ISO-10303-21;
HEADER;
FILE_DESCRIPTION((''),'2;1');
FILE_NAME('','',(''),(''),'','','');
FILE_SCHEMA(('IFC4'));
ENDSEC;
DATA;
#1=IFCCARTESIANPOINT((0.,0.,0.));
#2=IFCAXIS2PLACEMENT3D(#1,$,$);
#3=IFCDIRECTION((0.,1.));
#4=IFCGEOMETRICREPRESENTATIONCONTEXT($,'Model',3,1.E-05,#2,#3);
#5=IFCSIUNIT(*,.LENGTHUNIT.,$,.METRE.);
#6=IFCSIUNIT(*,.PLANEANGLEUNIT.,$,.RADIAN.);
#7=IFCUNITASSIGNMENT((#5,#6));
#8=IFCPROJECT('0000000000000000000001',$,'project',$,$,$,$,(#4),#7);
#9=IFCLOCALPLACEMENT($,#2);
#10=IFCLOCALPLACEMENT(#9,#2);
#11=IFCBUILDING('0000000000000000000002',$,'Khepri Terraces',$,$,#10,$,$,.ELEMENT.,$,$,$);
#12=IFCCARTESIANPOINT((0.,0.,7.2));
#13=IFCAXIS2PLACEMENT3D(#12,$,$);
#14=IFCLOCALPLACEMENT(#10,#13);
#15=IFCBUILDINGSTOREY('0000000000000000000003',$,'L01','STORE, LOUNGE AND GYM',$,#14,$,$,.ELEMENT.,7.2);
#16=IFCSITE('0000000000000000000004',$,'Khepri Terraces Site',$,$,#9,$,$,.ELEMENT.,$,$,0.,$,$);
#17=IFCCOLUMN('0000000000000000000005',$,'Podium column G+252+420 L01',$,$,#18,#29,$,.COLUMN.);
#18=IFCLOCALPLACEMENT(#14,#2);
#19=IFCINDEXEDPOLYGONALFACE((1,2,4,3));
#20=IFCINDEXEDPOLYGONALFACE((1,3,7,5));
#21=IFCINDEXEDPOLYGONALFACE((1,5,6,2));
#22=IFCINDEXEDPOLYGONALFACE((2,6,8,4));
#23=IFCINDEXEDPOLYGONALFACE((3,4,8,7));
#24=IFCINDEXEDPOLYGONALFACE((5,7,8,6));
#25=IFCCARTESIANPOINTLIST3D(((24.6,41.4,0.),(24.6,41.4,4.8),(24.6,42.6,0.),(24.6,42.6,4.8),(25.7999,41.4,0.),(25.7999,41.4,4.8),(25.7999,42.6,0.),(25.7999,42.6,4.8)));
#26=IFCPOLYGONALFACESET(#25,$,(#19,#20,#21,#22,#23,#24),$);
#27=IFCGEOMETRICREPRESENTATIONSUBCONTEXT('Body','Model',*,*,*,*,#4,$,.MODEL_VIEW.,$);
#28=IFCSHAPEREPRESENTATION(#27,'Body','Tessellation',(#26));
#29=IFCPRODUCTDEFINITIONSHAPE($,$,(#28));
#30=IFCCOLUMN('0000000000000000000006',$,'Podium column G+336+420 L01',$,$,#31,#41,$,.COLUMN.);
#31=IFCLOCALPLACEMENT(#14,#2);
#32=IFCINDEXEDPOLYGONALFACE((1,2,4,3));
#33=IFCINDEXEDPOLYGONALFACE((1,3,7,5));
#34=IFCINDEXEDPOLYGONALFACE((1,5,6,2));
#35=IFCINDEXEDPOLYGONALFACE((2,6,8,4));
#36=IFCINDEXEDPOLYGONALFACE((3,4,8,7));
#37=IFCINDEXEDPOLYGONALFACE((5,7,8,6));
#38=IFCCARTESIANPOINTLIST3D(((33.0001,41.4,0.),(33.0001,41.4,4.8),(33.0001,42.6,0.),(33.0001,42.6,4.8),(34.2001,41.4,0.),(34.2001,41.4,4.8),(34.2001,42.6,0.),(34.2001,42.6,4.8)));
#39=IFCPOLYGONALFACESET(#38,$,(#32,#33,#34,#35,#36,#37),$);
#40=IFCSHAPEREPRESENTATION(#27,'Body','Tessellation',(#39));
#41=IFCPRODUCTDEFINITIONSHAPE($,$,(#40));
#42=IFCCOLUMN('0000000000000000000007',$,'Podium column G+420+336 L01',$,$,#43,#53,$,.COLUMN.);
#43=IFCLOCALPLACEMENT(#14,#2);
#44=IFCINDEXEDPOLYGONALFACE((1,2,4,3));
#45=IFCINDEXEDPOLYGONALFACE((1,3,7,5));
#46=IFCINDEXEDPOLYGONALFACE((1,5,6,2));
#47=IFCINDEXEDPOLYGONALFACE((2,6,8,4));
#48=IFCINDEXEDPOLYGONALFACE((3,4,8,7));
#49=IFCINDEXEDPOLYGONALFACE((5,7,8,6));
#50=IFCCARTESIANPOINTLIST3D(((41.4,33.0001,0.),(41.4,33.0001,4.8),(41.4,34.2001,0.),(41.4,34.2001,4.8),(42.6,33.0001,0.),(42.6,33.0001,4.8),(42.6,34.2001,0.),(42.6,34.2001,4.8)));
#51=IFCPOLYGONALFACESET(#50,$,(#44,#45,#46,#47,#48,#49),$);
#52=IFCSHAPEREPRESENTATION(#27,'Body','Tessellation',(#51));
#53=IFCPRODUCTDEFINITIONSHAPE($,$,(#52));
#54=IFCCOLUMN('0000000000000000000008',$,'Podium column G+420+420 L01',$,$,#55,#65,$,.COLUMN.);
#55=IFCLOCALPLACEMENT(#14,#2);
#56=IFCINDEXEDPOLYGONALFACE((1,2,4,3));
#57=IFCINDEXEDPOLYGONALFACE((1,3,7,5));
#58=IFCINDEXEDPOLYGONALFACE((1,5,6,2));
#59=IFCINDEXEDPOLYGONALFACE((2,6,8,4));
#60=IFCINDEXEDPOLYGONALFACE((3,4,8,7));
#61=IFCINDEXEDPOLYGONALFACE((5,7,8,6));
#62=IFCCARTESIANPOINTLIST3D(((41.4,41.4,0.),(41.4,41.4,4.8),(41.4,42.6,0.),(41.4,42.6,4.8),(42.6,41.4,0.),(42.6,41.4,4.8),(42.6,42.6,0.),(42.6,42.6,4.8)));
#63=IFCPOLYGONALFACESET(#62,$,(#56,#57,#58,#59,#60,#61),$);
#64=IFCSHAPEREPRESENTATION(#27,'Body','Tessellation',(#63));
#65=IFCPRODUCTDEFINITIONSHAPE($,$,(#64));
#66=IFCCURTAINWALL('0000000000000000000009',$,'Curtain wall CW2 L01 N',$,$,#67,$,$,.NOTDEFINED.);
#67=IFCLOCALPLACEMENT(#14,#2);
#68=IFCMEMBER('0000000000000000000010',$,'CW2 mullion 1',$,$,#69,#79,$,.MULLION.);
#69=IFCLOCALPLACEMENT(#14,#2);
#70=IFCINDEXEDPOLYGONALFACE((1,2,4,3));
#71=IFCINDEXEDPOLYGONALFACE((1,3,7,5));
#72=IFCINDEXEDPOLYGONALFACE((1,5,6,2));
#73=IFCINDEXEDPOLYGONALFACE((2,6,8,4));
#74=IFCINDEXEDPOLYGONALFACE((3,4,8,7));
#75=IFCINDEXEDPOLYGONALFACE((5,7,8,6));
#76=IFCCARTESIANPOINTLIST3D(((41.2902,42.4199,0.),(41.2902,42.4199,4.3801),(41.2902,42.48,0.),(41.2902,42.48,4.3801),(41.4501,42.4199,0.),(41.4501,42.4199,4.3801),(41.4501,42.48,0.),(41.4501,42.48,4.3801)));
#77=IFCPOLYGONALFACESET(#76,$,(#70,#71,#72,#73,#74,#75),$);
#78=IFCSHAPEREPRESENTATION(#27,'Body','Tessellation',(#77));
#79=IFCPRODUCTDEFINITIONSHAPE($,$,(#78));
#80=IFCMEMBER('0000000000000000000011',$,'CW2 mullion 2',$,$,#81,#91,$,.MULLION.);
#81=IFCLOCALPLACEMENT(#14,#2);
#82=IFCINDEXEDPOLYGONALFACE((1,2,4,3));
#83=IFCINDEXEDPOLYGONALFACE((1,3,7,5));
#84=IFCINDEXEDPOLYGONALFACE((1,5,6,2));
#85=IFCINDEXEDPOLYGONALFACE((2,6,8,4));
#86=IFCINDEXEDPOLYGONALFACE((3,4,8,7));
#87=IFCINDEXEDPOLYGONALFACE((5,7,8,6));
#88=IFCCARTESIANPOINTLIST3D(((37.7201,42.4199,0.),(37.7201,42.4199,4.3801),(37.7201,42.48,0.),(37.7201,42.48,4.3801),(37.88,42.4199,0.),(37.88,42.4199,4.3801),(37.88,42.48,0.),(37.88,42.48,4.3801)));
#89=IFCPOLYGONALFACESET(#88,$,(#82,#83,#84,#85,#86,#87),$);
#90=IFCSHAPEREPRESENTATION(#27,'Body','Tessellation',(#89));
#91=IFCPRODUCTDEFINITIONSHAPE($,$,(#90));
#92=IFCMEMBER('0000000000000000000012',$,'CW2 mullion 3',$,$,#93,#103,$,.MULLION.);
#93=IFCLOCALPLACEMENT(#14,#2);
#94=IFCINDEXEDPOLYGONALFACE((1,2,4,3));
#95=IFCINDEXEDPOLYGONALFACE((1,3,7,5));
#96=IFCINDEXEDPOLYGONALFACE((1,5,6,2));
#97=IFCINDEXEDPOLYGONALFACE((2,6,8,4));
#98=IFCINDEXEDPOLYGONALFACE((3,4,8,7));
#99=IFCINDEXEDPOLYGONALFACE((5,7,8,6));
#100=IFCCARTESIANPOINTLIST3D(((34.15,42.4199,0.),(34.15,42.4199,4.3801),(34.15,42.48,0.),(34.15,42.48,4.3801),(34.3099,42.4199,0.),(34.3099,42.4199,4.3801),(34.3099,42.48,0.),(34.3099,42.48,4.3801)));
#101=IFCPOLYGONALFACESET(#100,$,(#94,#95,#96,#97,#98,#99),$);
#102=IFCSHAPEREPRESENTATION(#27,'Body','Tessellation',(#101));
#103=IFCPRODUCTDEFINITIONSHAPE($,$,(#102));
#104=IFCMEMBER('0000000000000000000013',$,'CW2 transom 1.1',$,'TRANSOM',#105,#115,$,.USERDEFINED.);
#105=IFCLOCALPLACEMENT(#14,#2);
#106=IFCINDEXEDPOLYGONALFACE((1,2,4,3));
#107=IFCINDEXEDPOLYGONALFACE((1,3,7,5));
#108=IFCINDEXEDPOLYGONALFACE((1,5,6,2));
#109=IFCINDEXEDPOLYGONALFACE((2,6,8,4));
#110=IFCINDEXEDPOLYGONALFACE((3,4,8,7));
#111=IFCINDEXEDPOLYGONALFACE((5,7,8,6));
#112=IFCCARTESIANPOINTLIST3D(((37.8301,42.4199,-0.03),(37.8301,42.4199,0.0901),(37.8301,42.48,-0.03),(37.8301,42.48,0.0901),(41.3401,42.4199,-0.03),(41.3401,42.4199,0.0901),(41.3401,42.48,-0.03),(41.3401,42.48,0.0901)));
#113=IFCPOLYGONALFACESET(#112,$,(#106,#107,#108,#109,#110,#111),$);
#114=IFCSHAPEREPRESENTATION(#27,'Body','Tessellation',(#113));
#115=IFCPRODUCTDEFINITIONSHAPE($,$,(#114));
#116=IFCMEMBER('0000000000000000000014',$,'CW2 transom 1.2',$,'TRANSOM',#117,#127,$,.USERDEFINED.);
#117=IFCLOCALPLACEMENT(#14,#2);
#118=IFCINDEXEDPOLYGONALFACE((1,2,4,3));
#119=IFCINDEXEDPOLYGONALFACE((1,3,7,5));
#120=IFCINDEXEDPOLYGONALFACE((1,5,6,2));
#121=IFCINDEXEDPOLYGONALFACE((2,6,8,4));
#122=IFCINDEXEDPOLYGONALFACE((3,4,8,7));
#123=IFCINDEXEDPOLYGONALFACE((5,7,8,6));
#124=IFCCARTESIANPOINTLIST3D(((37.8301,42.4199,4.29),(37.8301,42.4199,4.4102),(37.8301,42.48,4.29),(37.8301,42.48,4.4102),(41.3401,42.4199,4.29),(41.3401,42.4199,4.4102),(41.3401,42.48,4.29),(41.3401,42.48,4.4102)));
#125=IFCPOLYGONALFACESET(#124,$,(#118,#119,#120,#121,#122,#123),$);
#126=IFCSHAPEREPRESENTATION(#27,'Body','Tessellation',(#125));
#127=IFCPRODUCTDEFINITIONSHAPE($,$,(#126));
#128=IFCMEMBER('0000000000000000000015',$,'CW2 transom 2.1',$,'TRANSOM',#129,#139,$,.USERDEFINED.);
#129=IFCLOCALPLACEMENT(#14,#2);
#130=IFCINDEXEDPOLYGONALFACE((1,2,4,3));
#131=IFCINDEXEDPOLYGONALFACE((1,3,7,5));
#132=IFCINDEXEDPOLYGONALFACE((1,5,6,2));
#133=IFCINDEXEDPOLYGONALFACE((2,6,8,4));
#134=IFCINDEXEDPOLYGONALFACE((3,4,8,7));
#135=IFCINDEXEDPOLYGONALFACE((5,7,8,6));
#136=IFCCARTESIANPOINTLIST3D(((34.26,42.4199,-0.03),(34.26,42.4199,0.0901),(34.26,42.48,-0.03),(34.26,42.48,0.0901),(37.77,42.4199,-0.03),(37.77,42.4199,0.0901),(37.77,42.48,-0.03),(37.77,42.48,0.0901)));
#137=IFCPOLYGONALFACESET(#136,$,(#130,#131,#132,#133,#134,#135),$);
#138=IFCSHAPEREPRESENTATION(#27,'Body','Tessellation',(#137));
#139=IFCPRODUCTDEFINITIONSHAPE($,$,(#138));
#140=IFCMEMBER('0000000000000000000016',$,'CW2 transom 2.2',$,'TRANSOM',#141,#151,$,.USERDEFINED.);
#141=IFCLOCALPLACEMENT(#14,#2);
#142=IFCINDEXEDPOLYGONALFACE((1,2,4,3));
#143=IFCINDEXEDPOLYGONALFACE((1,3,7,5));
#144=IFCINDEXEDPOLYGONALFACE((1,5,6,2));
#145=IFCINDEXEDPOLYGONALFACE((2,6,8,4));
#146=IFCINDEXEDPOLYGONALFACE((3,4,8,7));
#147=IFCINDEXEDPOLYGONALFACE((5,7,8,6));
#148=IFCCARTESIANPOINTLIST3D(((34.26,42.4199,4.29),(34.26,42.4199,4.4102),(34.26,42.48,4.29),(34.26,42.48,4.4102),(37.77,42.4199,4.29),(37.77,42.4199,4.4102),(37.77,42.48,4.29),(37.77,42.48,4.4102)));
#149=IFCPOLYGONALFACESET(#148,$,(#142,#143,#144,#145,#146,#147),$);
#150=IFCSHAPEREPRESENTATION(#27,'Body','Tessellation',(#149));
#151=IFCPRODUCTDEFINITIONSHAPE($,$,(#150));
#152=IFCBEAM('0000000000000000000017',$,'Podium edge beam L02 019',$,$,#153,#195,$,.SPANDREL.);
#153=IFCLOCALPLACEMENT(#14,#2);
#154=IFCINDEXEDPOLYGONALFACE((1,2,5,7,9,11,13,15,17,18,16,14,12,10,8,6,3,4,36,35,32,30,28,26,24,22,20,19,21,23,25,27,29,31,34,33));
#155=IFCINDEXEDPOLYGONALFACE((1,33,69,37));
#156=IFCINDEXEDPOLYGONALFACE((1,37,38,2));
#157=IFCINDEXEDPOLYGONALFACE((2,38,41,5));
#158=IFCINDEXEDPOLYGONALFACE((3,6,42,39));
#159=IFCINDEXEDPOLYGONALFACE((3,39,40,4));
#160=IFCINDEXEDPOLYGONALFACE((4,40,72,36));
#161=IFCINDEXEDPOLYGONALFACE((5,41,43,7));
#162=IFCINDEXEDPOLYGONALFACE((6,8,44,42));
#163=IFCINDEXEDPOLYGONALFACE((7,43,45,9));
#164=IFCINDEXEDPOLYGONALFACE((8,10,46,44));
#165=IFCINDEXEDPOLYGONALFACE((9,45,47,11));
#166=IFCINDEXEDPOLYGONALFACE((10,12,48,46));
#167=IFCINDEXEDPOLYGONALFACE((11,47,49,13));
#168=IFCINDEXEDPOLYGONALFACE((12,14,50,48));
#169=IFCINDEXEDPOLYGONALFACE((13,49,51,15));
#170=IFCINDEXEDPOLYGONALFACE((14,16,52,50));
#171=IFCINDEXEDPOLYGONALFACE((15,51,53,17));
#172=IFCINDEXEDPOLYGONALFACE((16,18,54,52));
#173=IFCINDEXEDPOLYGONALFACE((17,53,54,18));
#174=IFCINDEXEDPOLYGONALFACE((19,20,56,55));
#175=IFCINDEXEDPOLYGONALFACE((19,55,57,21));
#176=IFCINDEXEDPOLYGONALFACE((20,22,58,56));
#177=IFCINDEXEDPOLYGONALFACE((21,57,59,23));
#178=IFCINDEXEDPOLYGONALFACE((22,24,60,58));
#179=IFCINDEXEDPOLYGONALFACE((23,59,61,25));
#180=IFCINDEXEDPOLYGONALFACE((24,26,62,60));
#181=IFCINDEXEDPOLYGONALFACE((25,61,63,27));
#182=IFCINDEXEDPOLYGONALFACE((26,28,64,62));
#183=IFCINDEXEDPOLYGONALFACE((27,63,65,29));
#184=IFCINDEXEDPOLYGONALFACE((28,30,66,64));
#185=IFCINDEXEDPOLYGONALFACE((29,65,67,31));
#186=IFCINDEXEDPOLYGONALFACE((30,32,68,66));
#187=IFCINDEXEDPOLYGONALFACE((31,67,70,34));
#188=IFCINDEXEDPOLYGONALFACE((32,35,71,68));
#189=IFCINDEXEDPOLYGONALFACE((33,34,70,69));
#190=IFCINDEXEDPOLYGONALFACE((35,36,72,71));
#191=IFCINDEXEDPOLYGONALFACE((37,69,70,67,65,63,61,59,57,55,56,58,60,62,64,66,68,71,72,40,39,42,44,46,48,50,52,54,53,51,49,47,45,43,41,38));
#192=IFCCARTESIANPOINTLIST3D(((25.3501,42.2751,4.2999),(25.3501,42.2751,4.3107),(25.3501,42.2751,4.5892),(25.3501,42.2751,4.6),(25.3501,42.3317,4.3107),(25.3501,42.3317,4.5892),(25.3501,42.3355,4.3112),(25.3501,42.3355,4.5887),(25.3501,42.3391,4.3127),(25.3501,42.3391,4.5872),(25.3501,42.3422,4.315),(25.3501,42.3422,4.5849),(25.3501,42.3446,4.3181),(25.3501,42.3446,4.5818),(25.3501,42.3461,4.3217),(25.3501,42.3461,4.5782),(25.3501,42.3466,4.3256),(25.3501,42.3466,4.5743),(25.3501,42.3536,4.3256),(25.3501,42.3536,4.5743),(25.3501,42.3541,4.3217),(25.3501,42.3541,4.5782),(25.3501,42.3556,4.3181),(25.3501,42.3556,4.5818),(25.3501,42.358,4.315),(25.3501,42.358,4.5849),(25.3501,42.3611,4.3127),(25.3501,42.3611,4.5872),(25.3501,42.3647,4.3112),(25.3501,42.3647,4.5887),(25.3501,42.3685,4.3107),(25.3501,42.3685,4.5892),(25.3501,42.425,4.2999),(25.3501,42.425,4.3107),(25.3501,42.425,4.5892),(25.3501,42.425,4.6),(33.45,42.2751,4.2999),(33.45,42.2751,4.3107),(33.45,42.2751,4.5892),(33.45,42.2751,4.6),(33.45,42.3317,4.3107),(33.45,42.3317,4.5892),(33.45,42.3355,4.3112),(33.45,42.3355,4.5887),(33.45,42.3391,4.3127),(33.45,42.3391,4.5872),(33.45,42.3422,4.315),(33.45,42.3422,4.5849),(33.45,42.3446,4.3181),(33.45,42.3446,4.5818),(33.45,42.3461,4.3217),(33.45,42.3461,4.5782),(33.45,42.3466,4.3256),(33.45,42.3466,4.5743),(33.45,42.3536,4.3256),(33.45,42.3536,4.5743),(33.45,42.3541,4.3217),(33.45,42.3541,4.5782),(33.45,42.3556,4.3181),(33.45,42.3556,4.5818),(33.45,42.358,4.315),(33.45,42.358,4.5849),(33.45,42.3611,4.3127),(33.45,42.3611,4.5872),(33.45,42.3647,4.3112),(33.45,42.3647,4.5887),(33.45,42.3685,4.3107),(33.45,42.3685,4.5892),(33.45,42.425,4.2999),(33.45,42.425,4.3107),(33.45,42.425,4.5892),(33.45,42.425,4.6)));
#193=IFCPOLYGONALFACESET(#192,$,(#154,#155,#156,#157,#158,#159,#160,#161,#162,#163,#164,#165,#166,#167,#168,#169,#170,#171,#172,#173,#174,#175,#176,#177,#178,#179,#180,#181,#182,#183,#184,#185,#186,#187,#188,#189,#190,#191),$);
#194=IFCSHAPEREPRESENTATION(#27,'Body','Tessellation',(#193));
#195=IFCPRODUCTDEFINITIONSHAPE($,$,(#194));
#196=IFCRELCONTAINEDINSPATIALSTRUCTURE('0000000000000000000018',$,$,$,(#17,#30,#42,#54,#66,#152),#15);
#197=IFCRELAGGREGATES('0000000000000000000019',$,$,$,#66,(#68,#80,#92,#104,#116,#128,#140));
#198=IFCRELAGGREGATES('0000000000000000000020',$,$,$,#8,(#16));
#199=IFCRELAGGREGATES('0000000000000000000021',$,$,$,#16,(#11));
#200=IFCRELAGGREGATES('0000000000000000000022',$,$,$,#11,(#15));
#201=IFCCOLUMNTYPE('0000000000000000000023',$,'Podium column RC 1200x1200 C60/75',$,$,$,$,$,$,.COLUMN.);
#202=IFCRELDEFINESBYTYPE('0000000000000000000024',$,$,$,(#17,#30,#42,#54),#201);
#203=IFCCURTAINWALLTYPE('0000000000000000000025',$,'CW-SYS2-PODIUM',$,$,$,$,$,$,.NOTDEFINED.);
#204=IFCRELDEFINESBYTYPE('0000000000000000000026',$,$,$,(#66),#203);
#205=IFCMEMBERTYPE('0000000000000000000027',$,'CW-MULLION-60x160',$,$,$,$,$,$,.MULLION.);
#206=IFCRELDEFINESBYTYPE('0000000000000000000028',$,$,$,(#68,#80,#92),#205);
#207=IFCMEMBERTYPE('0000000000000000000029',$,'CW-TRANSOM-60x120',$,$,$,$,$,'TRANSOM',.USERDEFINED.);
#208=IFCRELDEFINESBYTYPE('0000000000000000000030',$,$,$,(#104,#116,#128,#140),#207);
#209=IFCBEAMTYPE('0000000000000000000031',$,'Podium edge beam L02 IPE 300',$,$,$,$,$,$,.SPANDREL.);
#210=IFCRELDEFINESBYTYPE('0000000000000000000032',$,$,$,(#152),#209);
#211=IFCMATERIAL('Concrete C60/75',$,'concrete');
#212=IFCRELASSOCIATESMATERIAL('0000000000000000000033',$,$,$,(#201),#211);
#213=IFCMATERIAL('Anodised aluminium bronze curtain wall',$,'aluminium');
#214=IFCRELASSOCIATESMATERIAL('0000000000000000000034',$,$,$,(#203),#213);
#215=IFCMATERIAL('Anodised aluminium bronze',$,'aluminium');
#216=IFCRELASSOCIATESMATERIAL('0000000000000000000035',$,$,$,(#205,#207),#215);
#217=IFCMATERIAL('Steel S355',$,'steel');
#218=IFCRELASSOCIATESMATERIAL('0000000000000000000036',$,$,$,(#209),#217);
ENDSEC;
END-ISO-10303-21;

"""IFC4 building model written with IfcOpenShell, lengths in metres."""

from ifc_helpers import new_model, si_unit, direction, frame, origin, origin_2d, place, context, subcontext, project, spatial, rectangle, i_section, extrude, material, material_profile, profile_set, type_object, element, aggregate, save


model = new_model("IFC4")

# Units and contexts
model_context = context("Model", 3, precision=1e-05, world=origin(), true_north=direction((0.0, 1.0)))
body_context = subcontext(model_context, "Body", "Model", "MODEL_VIEW")
ifc_project = project(units=[si_unit("LENGTHUNIT", "METRE"), si_unit("PLANEANGLEUNIT", "RADIAN")], contexts=[model_context])

# Site, building, storey
site_placement = place(None, origin())
site = spatial("IfcSite", under=ifc_project, at=site_placement, Name="Khepri Terraces Site", CompositionType="ELEMENT", RefElevation=0.0)
building_placement = place(site_placement, origin())
building = spatial("IfcBuilding", under=site, at=building_placement, Name="Khepri Terraces", CompositionType="ELEMENT")
storey_placement = place(building_placement, frame((0.0, 0.0, 7.2)))
storey = spatial("IfcBuildingStorey", under=building, at=storey_placement, Name="L01", Description="STORE, LOUNGE AND GYM", CompositionType="ELEMENT", Elevation=7.2)

# Columns
ifc_material_1 = material(Name="Concrete C60/75", Category="concrete")
ifc_material_profile_1 = material_profile(ifc_material_1, rectangle(XDim=1.2, YDim=1.2, at=origin_2d()), Name="Concrete C60/75", Category="concrete")
ifc_profile_set_1 = profile_set([ifc_material_profile_1], Name="Concrete C60/75")
column_type = type_object("IfcColumnType", Name="Podium column RC 1200x1200 C60/75", PredefinedType="COLUMN", material=ifc_profile_set_1)
for number, where, z_axis, x_axis, name in (
    (1, (25.2, 42.0, 0.0), (0.0, 0.0, 1.0), (1.0, 0.0, 0.0), "Podium column G+252+420 L01"),
    (2, (33.6001, 42.0, 0.0), (0.0, 0.0, 1.0), (1.0, 0.0, 0.0), "Podium column G+336+420 L01"),
    (3, (42.0, 33.6001, 0.0), (0.0, 0.0, 1.0), (1.0, 0.0, 0.0), "Podium column G+420+336 L01"),
    (4, (42.0, 42.0, 0.0), (0.0, 0.0, 1.0), (1.0, 0.0, 0.0), "Podium column G+420+420 L01"),
):
    element("IfcColumn", number, at=place(storey_placement, frame(where, z_axis=z_axis, x_axis=x_axis)), inside=storey, type_object=column_type, Name=name, PredefinedType="COLUMN", context=body_context, shape_type="SweptSolid", body=[
        extrude(rectangle(XDim=1.2, YDim=1.2, at=origin_2d()), origin(), (0.0, 0.0, 1.0), 4.8),
    ])

# Curtain wall, members
ifc_material_2 = material(Name="Anodised aluminium bronze curtain wall", Category="aluminium")
curtain_wall_type = type_object("IfcCurtainWallType", Name="CW-SYS2-PODIUM", PredefinedType="NOTDEFINED", material=ifc_material_2)
curtain_wall_placement = place(storey_placement, origin())
curtain_wall = element("IfcCurtainWall", 5, at=curtain_wall_placement, inside=storey, type_object=curtain_wall_type, Name="Curtain wall CW2 L01 N", PredefinedType="NOTDEFINED")
ifc_material_3 = material(Name="Anodised aluminium bronze", Category="aluminium")
ifc_material_profile_2 = material_profile(ifc_material_3, rectangle(XDim=0.0601, YDim=0.1599, at=origin_2d()), Name="Anodised aluminium bronze", Category="aluminium")
ifc_profile_set_2 = profile_set([ifc_material_profile_2], Name="Anodised aluminium bronze")
member_type_1 = type_object("IfcMemberType", Name="CW-MULLION-60x160", PredefinedType="MULLION", material=ifc_profile_set_2)
member_1_placement = place(storey_placement, frame((41.3701, 42.45, 0.0), z_axis=(0.0, 0.0, 1.0), x_axis=(0.0, -1.0, 0.0)))
member_1 = element("IfcMember", 6, at=member_1_placement, type_object=member_type_1, Name="CW2 mullion 1", PredefinedType="MULLION", context=body_context, shape_type="SweptSolid", body=[
    extrude(rectangle(XDim=0.0601, YDim=0.1599, at=origin_2d()), origin(), (0.0, 0.0, 1.0), 4.3801),
])
member_2_placement = place(storey_placement, frame((37.8, 42.45, 0.0), z_axis=(0.0, 0.0, 1.0), x_axis=(0.0, -1.0, 0.0)))
member_2 = element("IfcMember", 7, at=member_2_placement, type_object=member_type_1, Name="CW2 mullion 2", PredefinedType="MULLION", context=body_context, shape_type="SweptSolid", body=[
    extrude(rectangle(XDim=0.0601, YDim=0.1599, at=origin_2d()), origin(), (0.0, 0.0, 1.0), 4.3801),
])
member_3_placement = place(storey_placement, frame((34.23, 42.45, 0.0), z_axis=(0.0, 0.0, 1.0), x_axis=(0.0, -1.0, 0.0)))
member_3 = element("IfcMember", 8, at=member_3_placement, type_object=member_type_1, Name="CW2 mullion 3", PredefinedType="MULLION", context=body_context, shape_type="SweptSolid", body=[
    extrude(rectangle(XDim=0.0601, YDim=0.1599, at=origin_2d()), origin(), (0.0, 0.0, 1.0), 4.3801),
])
ifc_material_profile_3 = material_profile(ifc_material_3, rectangle(XDim=0.0601, YDim=0.1201, at=origin_2d()), Name="Anodised aluminium bronze", Category="aluminium")
ifc_profile_set_3 = profile_set([ifc_material_profile_3], Name="Anodised aluminium bronze")
member_type_2 = type_object("IfcMemberType", Name="CW-TRANSOM-60x120", ElementType="TRANSOM", PredefinedType="USERDEFINED", material=ifc_profile_set_3)
member_4_placement = place(storey_placement, frame((41.3401, 42.45, 0.03), z_axis=(-1.0, 0.0, 0.0), x_axis=(0.0, -1.0, 0.0)))
member_4 = element("IfcMember", 9, at=member_4_placement, type_object=member_type_2, Name="CW2 transom 1.1", ObjectType="TRANSOM", PredefinedType="USERDEFINED", context=body_context, shape_type="SweptSolid", body=[
    extrude(rectangle(XDim=0.0601, YDim=0.1201, at=origin_2d()), origin(), (0.0, 0.0, 1.0), 3.51),
])
member_5_placement = place(storey_placement, frame((41.3401, 42.45, 4.3501), z_axis=(-1.0, 0.0, 0.0), x_axis=(0.0, -1.0, 0.0)))
member_5 = element("IfcMember", 10, at=member_5_placement, type_object=member_type_2, Name="CW2 transom 1.2", ObjectType="TRANSOM", PredefinedType="USERDEFINED", context=body_context, shape_type="SweptSolid", body=[
    extrude(rectangle(XDim=0.0601, YDim=0.1201, at=origin_2d()), origin(), (0.0, 0.0, 1.0), 3.51),
])
member_6_placement = place(storey_placement, frame((37.77, 42.45, 0.03), z_axis=(-1.0, 0.0, 0.0), x_axis=(0.0, -1.0, 0.0)))
member_6 = element("IfcMember", 11, at=member_6_placement, type_object=member_type_2, Name="CW2 transom 2.1", ObjectType="TRANSOM", PredefinedType="USERDEFINED", context=body_context, shape_type="SweptSolid", body=[
    extrude(rectangle(XDim=0.0601, YDim=0.1201, at=origin_2d()), origin(), (0.0, 0.0, 1.0), 3.51),
])
member_7_placement = place(storey_placement, frame((37.77, 42.45, 4.3501), z_axis=(-1.0, 0.0, 0.0), x_axis=(0.0, -1.0, 0.0)))
member_7 = element("IfcMember", 12, at=member_7_placement, type_object=member_type_2, Name="CW2 transom 2.2", ObjectType="TRANSOM", PredefinedType="USERDEFINED", context=body_context, shape_type="SweptSolid", body=[
    extrude(rectangle(XDim=0.0601, YDim=0.1201, at=origin_2d()), origin(), (0.0, 0.0, 1.0), 3.51),
])

# Beam
ifc_material_4 = material(Name="Steel S355", Category="steel")
ifc_material_profile_4 = material_profile(ifc_material_4, i_section(OverallWidth=0.1499, OverallDepth=0.3, WebThickness=0.0071, FlangeThickness=0.0107, FilletRadius=0.0149, at=origin_2d()), Name="Steel S355", Category="steel")
ifc_profile_set_4 = profile_set([ifc_material_profile_4], Name="Steel S355")
beam_type_1 = type_object("IfcBeamType", Name="Podium edge beam L02 IPE 300", PredefinedType="SPANDREL", material=ifc_profile_set_4)
beam_1_placement = place(storey_placement, frame((25.3501, 42.3501, 4.45), z_axis=(1.0, 0.0, 0.0), x_axis=(0.0, 1.0, 0.0)))
element("IfcBeam", 13, at=beam_1_placement, inside=storey, type_object=beam_type_1, Name="Podium edge beam L02 019", PredefinedType="SPANDREL", context=body_context, shape_type="SweptSolid", body=[
    extrude(i_section(OverallWidth=0.1499, OverallDepth=0.3, WebThickness=0.0071, FlangeThickness=0.0107, FilletRadius=0.0149, at=origin_2d()), origin(), (0.0, 0.0, 1.0), 8.0999),
])

aggregate(curtain_wall, [member_1, member_2, member_3, member_4, member_5, member_6, member_7])

save(model, "model.ifc")
